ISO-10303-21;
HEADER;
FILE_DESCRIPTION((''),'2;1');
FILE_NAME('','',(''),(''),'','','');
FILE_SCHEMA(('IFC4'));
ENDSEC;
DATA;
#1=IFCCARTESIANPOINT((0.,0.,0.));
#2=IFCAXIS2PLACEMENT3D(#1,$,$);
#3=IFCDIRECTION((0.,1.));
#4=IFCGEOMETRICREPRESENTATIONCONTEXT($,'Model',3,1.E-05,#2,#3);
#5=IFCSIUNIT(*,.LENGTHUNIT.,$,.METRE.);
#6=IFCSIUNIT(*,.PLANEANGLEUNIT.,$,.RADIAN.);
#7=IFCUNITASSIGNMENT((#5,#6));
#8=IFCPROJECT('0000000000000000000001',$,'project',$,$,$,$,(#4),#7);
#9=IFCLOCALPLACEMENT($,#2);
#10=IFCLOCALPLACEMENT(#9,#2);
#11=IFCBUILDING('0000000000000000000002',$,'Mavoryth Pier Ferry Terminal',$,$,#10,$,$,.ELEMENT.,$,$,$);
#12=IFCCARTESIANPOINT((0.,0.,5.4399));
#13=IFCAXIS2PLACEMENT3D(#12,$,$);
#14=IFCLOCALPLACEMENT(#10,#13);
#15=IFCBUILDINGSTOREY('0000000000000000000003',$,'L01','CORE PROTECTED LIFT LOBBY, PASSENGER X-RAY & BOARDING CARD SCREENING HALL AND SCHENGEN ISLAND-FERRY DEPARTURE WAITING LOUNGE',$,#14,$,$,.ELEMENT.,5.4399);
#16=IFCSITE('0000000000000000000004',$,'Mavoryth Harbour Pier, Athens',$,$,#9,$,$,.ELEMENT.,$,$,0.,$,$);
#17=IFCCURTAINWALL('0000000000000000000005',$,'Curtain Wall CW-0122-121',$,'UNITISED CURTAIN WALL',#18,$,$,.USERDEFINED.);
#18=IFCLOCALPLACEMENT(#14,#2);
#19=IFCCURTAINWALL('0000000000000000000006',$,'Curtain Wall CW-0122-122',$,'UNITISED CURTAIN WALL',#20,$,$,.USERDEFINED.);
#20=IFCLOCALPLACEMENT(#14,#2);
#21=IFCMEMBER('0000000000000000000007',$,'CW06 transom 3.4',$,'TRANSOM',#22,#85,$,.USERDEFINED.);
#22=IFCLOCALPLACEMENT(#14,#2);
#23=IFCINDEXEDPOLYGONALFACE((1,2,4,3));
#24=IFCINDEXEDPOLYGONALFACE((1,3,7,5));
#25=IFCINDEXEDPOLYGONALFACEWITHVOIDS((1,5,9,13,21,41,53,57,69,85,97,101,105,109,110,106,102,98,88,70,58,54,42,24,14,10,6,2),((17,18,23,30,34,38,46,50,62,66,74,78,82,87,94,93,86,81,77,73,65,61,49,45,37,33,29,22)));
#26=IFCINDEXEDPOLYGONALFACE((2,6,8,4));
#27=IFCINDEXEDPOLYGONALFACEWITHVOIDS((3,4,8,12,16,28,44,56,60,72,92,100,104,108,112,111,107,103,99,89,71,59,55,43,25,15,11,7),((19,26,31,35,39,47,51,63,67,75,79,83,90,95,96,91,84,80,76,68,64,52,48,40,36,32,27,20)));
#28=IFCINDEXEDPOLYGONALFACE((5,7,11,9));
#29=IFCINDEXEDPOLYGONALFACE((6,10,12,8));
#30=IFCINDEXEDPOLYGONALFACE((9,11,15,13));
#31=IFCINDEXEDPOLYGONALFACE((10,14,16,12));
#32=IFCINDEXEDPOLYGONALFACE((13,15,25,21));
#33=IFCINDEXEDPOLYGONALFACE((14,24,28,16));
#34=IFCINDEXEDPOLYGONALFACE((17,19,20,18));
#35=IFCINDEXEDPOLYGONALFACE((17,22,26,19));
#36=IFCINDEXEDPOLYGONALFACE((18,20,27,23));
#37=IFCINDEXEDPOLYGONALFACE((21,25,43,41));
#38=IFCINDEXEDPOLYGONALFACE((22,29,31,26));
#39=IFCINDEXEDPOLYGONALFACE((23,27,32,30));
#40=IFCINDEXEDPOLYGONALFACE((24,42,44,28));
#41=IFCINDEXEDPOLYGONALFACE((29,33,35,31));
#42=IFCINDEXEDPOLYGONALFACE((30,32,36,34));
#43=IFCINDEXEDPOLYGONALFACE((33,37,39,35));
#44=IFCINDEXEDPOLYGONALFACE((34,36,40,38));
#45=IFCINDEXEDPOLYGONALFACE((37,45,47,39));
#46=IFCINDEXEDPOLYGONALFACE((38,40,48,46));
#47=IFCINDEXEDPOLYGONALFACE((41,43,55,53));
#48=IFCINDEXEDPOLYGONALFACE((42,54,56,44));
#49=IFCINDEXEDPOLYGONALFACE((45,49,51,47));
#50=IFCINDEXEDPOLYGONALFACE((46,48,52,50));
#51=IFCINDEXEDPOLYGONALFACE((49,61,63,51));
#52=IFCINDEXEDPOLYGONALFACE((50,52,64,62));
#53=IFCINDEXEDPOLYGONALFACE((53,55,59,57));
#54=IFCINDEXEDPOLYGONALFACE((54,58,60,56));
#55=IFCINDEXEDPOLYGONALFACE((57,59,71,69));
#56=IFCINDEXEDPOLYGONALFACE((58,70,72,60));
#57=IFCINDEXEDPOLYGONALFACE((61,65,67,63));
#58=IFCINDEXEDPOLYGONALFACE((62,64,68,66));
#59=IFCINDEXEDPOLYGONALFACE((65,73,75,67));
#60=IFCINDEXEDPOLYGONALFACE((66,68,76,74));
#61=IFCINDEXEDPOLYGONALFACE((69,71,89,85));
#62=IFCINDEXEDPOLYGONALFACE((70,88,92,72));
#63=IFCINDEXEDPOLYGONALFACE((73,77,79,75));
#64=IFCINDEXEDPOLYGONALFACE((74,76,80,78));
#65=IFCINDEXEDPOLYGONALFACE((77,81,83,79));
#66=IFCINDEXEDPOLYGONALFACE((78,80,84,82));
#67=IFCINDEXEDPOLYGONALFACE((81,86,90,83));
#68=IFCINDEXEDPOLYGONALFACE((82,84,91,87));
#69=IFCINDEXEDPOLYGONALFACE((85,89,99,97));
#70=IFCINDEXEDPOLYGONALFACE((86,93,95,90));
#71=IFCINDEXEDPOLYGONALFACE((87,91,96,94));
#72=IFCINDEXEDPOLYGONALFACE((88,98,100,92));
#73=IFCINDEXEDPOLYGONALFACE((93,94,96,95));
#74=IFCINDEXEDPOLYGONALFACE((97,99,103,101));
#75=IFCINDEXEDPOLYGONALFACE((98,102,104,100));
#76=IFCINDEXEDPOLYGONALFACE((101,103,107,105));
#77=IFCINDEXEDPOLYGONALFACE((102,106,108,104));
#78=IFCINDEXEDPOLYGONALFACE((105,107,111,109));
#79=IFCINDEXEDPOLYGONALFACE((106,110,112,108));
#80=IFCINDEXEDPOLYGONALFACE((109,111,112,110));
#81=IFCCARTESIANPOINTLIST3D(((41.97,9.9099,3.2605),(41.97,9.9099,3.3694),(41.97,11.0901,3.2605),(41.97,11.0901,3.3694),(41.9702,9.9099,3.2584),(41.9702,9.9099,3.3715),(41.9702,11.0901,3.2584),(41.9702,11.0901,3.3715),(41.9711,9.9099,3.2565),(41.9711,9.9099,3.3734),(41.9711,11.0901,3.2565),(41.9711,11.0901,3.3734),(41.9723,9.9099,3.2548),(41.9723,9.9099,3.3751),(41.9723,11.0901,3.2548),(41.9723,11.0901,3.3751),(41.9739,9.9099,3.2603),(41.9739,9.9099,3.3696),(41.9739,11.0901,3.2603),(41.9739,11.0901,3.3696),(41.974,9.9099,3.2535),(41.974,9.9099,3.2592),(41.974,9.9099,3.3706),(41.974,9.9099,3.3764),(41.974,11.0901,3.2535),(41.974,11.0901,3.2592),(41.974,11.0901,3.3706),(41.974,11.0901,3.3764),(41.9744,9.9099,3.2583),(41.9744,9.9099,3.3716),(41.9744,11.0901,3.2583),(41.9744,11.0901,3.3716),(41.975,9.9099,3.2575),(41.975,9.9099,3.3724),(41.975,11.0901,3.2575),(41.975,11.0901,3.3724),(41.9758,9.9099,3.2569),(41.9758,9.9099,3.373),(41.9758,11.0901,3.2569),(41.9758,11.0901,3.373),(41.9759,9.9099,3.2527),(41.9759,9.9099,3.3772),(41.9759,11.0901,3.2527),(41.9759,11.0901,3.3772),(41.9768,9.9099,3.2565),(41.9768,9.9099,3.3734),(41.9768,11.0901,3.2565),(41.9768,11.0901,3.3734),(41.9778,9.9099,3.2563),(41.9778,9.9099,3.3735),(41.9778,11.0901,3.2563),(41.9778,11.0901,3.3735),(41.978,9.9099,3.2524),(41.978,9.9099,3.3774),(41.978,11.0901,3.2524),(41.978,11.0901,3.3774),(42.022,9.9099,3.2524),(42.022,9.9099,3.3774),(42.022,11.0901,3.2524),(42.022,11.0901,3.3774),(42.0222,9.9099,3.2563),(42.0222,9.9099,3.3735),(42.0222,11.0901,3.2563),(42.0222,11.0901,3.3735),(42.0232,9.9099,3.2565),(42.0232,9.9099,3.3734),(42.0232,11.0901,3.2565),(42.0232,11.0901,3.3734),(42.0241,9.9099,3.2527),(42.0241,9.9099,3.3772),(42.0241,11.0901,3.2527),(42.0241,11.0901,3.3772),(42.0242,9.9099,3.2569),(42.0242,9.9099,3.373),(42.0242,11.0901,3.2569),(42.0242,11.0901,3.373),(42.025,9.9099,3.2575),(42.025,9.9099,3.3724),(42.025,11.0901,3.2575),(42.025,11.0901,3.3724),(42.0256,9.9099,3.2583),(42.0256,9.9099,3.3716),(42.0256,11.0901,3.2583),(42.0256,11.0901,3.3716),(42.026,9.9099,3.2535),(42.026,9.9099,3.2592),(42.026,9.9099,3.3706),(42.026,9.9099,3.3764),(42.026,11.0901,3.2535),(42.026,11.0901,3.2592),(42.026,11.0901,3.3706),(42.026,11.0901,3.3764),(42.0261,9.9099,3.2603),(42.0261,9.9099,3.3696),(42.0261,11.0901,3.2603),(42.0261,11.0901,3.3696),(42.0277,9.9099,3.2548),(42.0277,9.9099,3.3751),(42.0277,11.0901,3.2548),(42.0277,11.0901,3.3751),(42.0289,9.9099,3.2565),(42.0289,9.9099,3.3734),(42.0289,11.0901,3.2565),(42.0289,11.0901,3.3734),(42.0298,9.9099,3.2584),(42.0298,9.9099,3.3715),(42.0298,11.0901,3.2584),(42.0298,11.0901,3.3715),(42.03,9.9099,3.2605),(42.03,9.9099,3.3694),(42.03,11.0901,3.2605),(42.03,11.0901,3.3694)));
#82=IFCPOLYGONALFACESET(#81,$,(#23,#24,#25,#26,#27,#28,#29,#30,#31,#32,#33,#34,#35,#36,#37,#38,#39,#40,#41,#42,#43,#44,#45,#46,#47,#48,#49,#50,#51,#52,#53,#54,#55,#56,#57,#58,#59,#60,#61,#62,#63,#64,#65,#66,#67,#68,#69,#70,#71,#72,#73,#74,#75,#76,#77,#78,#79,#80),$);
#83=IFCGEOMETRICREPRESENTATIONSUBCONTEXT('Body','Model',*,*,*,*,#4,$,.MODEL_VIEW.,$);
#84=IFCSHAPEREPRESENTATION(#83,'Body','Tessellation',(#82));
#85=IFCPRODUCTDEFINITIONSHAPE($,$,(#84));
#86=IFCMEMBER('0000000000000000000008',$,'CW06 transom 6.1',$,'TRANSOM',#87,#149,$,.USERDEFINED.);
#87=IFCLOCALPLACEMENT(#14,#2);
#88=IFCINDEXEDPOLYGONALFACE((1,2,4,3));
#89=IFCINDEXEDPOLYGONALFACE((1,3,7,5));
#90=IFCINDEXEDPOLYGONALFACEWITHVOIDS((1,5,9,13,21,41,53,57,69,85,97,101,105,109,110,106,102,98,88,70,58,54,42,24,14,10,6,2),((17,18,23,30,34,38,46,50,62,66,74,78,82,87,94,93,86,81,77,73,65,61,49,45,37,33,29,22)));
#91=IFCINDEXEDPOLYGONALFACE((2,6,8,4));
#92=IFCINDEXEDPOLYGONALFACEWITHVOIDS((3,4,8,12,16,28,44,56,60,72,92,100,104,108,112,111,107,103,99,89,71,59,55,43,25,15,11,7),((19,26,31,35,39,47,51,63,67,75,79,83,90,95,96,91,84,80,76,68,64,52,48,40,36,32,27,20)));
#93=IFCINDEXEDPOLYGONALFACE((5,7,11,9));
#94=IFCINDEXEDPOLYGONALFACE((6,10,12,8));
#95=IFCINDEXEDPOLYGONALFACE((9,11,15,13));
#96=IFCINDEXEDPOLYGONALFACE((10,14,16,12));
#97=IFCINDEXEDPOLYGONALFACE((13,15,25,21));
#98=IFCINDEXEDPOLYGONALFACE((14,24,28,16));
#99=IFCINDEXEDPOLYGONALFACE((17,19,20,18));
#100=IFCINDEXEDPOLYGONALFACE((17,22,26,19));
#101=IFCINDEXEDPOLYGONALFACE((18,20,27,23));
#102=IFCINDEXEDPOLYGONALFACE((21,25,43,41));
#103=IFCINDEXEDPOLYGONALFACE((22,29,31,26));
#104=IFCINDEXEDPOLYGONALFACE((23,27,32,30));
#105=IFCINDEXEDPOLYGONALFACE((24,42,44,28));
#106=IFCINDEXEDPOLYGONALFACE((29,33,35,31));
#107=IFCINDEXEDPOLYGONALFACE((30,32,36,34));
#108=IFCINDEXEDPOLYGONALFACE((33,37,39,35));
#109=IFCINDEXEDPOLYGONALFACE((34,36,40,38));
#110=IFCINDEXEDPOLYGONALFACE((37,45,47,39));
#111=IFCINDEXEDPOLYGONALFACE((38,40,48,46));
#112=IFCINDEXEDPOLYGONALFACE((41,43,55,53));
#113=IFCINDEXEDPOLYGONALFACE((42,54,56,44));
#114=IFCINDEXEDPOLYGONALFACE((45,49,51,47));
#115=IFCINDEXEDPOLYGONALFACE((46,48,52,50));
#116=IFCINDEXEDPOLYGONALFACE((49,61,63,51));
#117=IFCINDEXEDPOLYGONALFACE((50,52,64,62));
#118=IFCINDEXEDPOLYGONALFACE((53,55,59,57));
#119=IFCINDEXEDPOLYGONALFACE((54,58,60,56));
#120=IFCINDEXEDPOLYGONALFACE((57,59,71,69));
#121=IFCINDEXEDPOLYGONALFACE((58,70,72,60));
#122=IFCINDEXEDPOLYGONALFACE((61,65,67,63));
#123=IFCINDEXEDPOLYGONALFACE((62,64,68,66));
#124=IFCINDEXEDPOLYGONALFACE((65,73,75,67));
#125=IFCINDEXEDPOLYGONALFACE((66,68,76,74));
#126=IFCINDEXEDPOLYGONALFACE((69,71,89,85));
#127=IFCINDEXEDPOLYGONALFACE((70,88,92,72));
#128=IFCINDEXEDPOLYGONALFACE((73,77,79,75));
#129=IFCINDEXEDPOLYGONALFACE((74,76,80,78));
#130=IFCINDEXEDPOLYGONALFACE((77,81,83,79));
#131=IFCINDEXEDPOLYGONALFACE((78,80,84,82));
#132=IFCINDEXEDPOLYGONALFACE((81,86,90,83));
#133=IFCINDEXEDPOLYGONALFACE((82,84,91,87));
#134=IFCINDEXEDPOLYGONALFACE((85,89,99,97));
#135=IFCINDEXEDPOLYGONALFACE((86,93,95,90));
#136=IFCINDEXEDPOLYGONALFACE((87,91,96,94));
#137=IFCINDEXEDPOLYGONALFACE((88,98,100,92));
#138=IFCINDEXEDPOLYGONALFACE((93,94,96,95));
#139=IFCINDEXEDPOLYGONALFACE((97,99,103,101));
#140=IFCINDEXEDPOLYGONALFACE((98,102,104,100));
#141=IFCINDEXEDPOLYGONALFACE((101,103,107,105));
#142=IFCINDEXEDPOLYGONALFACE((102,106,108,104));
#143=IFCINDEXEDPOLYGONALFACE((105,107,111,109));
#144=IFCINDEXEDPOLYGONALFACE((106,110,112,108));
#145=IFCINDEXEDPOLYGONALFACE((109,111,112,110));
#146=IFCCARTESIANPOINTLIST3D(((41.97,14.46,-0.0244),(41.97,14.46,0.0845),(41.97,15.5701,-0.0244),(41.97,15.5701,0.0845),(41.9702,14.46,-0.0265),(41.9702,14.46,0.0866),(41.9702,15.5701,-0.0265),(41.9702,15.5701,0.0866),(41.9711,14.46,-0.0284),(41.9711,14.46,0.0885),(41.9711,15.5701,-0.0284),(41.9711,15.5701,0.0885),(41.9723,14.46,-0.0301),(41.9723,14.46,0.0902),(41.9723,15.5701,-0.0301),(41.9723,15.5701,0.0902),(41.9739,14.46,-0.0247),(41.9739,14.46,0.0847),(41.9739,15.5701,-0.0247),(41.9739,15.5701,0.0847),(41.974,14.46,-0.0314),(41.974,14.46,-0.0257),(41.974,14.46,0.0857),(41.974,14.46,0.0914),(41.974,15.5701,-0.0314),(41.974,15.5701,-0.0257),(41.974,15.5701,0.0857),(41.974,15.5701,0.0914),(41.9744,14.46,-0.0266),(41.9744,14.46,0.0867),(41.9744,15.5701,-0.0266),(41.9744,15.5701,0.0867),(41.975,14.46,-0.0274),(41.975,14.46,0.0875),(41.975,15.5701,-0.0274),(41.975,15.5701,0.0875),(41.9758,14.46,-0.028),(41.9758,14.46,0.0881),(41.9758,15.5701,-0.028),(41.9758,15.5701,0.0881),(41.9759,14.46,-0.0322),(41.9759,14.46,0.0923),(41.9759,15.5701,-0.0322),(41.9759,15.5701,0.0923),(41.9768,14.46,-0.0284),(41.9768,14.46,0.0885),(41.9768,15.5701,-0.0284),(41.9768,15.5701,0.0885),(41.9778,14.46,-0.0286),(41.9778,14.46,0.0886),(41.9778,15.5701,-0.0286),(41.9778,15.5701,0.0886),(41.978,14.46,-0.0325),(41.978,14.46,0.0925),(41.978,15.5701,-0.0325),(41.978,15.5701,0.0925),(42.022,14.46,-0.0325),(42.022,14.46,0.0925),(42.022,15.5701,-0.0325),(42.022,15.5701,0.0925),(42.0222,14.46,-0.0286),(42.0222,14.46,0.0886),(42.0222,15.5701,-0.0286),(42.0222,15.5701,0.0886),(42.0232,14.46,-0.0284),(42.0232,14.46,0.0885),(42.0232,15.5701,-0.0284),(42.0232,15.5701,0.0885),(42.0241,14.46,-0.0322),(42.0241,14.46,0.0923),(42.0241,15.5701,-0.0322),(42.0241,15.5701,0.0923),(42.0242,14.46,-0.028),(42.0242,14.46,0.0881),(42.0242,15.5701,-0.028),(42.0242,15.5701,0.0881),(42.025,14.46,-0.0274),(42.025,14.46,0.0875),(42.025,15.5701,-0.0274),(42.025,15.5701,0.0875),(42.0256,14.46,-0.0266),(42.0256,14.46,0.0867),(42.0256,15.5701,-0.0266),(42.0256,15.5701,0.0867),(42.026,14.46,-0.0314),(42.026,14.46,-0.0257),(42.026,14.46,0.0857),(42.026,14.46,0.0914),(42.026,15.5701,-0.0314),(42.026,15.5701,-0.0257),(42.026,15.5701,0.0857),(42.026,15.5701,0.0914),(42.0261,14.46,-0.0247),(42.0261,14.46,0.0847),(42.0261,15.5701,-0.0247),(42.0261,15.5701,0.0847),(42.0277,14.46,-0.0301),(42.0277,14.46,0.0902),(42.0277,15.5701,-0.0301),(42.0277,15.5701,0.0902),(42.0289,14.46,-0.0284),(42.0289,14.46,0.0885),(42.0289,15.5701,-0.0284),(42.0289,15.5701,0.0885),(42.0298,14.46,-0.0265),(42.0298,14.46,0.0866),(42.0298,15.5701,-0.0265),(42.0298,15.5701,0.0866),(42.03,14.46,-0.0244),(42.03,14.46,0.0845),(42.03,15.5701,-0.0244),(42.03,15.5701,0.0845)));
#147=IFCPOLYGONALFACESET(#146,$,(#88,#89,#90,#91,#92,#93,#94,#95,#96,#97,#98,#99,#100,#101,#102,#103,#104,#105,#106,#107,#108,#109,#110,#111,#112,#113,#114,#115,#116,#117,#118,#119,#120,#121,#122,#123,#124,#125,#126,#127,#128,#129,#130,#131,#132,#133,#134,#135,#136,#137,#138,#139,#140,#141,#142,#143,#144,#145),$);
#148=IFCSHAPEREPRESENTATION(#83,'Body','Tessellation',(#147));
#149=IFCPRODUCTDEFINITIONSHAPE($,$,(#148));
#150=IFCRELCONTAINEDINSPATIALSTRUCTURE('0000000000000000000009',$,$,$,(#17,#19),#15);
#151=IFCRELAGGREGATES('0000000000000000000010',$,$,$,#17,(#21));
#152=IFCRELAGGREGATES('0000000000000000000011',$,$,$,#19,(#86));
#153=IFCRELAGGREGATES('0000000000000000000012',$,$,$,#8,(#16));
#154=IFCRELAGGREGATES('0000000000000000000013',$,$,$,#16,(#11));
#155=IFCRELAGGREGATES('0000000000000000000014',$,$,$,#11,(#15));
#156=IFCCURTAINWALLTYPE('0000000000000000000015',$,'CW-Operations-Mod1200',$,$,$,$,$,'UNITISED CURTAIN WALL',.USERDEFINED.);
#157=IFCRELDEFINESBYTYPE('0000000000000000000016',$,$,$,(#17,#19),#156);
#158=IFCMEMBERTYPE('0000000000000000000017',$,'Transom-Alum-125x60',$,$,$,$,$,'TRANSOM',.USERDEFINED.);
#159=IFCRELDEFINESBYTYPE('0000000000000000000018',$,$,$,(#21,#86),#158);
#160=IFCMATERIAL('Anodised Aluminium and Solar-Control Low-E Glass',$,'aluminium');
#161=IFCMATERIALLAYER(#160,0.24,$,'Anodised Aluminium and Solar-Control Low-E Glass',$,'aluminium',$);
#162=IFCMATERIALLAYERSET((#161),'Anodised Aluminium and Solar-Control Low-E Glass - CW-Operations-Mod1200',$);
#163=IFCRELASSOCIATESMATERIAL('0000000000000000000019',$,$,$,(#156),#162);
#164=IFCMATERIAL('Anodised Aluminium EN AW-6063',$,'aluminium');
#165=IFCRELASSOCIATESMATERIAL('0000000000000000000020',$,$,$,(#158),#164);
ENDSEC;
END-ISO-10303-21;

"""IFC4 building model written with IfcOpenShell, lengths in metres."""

from ifc_helpers import new_model, si_unit, direction, frame, origin, origin_2d, place, context, subcontext, project, spatial, hollow_rectangle, extrude, material, layer, layer_set, material_profile, profile_set, type_object, element, aggregate, save


model = new_model("IFC4")

# Units and contexts
model_context = context("Model", 3, precision=1e-05, world=origin(), true_north=direction((0.0, 1.0)))
body_context = subcontext(model_context, "Body", "Model", "MODEL_VIEW")
ifc_project = project(units=[si_unit("LENGTHUNIT", "METRE"), si_unit("PLANEANGLEUNIT", "RADIAN")], contexts=[model_context])

# Site, building, storey
site_placement = place(None, origin())
site = spatial("IfcSite", under=ifc_project, at=site_placement, Name="Mavoryth Harbour Pier, Athens", CompositionType="ELEMENT", RefElevation=0.0)
building_placement = place(site_placement, origin())
building = spatial("IfcBuilding", under=site, at=building_placement, Name="Mavoryth Pier Ferry Terminal", CompositionType="ELEMENT")
storey_placement = place(building_placement, frame((0.0, 0.0, 5.4399)))
storey = spatial("IfcBuildingStorey", under=building, at=storey_placement, Name="L01", Description="CORE PROTECTED LIFT LOBBY, PASSENGER X-RAY & BOARDING CARD SCREENING HALL AND SCHENGEN ISLAND-FERRY DEPARTURE WAITING LOUNGE", CompositionType="ELEMENT", Elevation=5.4399)

# Curtain walls
ifc_material_1 = material(Name="Anodised Aluminium and Solar-Control Low-E Glass", Category="aluminium")
ifc_layer_1 = layer(ifc_material_1, 0.24, Name="Anodised Aluminium and Solar-Control Low-E Glass", Category="aluminium")
ifc_layer_set_1 = layer_set([ifc_layer_1], Name="Anodised Aluminium and Solar-Control Low-E Glass - CW-Operations-Mod1200")
curtain_wall_type_1 = type_object("IfcCurtainWallType", Name="CW-Operations-Mod1200", ElementType="UNITISED CURTAIN WALL", PredefinedType="USERDEFINED", material=ifc_layer_set_1)
curtain_wall_1_placement = place(storey_placement, origin())
curtain_wall_1 = element("IfcCurtainWall", 1, at=curtain_wall_1_placement, inside=storey, type_object=curtain_wall_type_1, Name="Curtain Wall CW-0122-121", ObjectType="UNITISED CURTAIN WALL", PredefinedType="USERDEFINED")
ifc_material_2 = material(Name="Anodised Aluminium EN AW-6063", Category="aluminium")
curtain_wall_2_placement = place(storey_placement, origin())
curtain_wall_2 = element("IfcCurtainWall", 2, at=curtain_wall_2_placement, inside=storey, type_object=curtain_wall_type_1, Name="Curtain Wall CW-0122-122", ObjectType="UNITISED CURTAIN WALL", PredefinedType="USERDEFINED")

# Members
ifc_material_profile_1 = material_profile(ifc_material_2, hollow_rectangle(XDim=0.0601, YDim=0.125, WallThickness=0.0039, InnerFilletRadius=0.0039, OuterFilletRadius=0.0081, at=origin_2d()), Name="AL-TRAN 125x60x4", Category="aluminium")
ifc_profile_set_1 = profile_set([ifc_material_profile_1], Name="Anodised Aluminium EN AW-6063 - AL-TRAN 125x60x4")
member_type_1 = type_object("IfcMemberType", Name="Transom-Alum-125x60", ElementType="TRANSOM", PredefinedType="USERDEFINED", material=ifc_profile_set_1)
member_1_placement = place(storey_placement, frame((42.0, 11.0901, 3.3149), z_axis=(0.0, -1.0, 0.0), x_axis=(1.0, 0.0, 0.0)))
member_1 = element("IfcMember", 3, at=member_1_placement, type_object=member_type_1, Name="CW06 transom 3.4", ObjectType="TRANSOM", PredefinedType="USERDEFINED", context=body_context, shape_type="SweptSolid", body=[
    extrude(hollow_rectangle(XDim=0.0601, YDim=0.125, WallThickness=0.0039, InnerFilletRadius=0.0039, OuterFilletRadius=0.0081, at=origin_2d()), origin(), (0.0, 0.0, 1.0), 1.1802),
])
member_2_placement = place(storey_placement, frame((42.0, 15.5701, 0.03), z_axis=(0.0, -1.0, 0.0), x_axis=(1.0, 0.0, 0.0)))
member_2 = element("IfcMember", 4, at=member_2_placement, type_object=member_type_1, Name="CW06 transom 6.1", ObjectType="TRANSOM", PredefinedType="USERDEFINED", context=body_context, shape_type="SweptSolid", body=[
    extrude(hollow_rectangle(XDim=0.0601, YDim=0.125, WallThickness=0.0039, InnerFilletRadius=0.0039, OuterFilletRadius=0.0081, at=origin_2d()), origin(), (0.0, 0.0, 1.0), 1.1101),
])

aggregate(curtain_wall_1, [member_1])
aggregate(curtain_wall_2, [member_2])

save(model, "model.ifc")
